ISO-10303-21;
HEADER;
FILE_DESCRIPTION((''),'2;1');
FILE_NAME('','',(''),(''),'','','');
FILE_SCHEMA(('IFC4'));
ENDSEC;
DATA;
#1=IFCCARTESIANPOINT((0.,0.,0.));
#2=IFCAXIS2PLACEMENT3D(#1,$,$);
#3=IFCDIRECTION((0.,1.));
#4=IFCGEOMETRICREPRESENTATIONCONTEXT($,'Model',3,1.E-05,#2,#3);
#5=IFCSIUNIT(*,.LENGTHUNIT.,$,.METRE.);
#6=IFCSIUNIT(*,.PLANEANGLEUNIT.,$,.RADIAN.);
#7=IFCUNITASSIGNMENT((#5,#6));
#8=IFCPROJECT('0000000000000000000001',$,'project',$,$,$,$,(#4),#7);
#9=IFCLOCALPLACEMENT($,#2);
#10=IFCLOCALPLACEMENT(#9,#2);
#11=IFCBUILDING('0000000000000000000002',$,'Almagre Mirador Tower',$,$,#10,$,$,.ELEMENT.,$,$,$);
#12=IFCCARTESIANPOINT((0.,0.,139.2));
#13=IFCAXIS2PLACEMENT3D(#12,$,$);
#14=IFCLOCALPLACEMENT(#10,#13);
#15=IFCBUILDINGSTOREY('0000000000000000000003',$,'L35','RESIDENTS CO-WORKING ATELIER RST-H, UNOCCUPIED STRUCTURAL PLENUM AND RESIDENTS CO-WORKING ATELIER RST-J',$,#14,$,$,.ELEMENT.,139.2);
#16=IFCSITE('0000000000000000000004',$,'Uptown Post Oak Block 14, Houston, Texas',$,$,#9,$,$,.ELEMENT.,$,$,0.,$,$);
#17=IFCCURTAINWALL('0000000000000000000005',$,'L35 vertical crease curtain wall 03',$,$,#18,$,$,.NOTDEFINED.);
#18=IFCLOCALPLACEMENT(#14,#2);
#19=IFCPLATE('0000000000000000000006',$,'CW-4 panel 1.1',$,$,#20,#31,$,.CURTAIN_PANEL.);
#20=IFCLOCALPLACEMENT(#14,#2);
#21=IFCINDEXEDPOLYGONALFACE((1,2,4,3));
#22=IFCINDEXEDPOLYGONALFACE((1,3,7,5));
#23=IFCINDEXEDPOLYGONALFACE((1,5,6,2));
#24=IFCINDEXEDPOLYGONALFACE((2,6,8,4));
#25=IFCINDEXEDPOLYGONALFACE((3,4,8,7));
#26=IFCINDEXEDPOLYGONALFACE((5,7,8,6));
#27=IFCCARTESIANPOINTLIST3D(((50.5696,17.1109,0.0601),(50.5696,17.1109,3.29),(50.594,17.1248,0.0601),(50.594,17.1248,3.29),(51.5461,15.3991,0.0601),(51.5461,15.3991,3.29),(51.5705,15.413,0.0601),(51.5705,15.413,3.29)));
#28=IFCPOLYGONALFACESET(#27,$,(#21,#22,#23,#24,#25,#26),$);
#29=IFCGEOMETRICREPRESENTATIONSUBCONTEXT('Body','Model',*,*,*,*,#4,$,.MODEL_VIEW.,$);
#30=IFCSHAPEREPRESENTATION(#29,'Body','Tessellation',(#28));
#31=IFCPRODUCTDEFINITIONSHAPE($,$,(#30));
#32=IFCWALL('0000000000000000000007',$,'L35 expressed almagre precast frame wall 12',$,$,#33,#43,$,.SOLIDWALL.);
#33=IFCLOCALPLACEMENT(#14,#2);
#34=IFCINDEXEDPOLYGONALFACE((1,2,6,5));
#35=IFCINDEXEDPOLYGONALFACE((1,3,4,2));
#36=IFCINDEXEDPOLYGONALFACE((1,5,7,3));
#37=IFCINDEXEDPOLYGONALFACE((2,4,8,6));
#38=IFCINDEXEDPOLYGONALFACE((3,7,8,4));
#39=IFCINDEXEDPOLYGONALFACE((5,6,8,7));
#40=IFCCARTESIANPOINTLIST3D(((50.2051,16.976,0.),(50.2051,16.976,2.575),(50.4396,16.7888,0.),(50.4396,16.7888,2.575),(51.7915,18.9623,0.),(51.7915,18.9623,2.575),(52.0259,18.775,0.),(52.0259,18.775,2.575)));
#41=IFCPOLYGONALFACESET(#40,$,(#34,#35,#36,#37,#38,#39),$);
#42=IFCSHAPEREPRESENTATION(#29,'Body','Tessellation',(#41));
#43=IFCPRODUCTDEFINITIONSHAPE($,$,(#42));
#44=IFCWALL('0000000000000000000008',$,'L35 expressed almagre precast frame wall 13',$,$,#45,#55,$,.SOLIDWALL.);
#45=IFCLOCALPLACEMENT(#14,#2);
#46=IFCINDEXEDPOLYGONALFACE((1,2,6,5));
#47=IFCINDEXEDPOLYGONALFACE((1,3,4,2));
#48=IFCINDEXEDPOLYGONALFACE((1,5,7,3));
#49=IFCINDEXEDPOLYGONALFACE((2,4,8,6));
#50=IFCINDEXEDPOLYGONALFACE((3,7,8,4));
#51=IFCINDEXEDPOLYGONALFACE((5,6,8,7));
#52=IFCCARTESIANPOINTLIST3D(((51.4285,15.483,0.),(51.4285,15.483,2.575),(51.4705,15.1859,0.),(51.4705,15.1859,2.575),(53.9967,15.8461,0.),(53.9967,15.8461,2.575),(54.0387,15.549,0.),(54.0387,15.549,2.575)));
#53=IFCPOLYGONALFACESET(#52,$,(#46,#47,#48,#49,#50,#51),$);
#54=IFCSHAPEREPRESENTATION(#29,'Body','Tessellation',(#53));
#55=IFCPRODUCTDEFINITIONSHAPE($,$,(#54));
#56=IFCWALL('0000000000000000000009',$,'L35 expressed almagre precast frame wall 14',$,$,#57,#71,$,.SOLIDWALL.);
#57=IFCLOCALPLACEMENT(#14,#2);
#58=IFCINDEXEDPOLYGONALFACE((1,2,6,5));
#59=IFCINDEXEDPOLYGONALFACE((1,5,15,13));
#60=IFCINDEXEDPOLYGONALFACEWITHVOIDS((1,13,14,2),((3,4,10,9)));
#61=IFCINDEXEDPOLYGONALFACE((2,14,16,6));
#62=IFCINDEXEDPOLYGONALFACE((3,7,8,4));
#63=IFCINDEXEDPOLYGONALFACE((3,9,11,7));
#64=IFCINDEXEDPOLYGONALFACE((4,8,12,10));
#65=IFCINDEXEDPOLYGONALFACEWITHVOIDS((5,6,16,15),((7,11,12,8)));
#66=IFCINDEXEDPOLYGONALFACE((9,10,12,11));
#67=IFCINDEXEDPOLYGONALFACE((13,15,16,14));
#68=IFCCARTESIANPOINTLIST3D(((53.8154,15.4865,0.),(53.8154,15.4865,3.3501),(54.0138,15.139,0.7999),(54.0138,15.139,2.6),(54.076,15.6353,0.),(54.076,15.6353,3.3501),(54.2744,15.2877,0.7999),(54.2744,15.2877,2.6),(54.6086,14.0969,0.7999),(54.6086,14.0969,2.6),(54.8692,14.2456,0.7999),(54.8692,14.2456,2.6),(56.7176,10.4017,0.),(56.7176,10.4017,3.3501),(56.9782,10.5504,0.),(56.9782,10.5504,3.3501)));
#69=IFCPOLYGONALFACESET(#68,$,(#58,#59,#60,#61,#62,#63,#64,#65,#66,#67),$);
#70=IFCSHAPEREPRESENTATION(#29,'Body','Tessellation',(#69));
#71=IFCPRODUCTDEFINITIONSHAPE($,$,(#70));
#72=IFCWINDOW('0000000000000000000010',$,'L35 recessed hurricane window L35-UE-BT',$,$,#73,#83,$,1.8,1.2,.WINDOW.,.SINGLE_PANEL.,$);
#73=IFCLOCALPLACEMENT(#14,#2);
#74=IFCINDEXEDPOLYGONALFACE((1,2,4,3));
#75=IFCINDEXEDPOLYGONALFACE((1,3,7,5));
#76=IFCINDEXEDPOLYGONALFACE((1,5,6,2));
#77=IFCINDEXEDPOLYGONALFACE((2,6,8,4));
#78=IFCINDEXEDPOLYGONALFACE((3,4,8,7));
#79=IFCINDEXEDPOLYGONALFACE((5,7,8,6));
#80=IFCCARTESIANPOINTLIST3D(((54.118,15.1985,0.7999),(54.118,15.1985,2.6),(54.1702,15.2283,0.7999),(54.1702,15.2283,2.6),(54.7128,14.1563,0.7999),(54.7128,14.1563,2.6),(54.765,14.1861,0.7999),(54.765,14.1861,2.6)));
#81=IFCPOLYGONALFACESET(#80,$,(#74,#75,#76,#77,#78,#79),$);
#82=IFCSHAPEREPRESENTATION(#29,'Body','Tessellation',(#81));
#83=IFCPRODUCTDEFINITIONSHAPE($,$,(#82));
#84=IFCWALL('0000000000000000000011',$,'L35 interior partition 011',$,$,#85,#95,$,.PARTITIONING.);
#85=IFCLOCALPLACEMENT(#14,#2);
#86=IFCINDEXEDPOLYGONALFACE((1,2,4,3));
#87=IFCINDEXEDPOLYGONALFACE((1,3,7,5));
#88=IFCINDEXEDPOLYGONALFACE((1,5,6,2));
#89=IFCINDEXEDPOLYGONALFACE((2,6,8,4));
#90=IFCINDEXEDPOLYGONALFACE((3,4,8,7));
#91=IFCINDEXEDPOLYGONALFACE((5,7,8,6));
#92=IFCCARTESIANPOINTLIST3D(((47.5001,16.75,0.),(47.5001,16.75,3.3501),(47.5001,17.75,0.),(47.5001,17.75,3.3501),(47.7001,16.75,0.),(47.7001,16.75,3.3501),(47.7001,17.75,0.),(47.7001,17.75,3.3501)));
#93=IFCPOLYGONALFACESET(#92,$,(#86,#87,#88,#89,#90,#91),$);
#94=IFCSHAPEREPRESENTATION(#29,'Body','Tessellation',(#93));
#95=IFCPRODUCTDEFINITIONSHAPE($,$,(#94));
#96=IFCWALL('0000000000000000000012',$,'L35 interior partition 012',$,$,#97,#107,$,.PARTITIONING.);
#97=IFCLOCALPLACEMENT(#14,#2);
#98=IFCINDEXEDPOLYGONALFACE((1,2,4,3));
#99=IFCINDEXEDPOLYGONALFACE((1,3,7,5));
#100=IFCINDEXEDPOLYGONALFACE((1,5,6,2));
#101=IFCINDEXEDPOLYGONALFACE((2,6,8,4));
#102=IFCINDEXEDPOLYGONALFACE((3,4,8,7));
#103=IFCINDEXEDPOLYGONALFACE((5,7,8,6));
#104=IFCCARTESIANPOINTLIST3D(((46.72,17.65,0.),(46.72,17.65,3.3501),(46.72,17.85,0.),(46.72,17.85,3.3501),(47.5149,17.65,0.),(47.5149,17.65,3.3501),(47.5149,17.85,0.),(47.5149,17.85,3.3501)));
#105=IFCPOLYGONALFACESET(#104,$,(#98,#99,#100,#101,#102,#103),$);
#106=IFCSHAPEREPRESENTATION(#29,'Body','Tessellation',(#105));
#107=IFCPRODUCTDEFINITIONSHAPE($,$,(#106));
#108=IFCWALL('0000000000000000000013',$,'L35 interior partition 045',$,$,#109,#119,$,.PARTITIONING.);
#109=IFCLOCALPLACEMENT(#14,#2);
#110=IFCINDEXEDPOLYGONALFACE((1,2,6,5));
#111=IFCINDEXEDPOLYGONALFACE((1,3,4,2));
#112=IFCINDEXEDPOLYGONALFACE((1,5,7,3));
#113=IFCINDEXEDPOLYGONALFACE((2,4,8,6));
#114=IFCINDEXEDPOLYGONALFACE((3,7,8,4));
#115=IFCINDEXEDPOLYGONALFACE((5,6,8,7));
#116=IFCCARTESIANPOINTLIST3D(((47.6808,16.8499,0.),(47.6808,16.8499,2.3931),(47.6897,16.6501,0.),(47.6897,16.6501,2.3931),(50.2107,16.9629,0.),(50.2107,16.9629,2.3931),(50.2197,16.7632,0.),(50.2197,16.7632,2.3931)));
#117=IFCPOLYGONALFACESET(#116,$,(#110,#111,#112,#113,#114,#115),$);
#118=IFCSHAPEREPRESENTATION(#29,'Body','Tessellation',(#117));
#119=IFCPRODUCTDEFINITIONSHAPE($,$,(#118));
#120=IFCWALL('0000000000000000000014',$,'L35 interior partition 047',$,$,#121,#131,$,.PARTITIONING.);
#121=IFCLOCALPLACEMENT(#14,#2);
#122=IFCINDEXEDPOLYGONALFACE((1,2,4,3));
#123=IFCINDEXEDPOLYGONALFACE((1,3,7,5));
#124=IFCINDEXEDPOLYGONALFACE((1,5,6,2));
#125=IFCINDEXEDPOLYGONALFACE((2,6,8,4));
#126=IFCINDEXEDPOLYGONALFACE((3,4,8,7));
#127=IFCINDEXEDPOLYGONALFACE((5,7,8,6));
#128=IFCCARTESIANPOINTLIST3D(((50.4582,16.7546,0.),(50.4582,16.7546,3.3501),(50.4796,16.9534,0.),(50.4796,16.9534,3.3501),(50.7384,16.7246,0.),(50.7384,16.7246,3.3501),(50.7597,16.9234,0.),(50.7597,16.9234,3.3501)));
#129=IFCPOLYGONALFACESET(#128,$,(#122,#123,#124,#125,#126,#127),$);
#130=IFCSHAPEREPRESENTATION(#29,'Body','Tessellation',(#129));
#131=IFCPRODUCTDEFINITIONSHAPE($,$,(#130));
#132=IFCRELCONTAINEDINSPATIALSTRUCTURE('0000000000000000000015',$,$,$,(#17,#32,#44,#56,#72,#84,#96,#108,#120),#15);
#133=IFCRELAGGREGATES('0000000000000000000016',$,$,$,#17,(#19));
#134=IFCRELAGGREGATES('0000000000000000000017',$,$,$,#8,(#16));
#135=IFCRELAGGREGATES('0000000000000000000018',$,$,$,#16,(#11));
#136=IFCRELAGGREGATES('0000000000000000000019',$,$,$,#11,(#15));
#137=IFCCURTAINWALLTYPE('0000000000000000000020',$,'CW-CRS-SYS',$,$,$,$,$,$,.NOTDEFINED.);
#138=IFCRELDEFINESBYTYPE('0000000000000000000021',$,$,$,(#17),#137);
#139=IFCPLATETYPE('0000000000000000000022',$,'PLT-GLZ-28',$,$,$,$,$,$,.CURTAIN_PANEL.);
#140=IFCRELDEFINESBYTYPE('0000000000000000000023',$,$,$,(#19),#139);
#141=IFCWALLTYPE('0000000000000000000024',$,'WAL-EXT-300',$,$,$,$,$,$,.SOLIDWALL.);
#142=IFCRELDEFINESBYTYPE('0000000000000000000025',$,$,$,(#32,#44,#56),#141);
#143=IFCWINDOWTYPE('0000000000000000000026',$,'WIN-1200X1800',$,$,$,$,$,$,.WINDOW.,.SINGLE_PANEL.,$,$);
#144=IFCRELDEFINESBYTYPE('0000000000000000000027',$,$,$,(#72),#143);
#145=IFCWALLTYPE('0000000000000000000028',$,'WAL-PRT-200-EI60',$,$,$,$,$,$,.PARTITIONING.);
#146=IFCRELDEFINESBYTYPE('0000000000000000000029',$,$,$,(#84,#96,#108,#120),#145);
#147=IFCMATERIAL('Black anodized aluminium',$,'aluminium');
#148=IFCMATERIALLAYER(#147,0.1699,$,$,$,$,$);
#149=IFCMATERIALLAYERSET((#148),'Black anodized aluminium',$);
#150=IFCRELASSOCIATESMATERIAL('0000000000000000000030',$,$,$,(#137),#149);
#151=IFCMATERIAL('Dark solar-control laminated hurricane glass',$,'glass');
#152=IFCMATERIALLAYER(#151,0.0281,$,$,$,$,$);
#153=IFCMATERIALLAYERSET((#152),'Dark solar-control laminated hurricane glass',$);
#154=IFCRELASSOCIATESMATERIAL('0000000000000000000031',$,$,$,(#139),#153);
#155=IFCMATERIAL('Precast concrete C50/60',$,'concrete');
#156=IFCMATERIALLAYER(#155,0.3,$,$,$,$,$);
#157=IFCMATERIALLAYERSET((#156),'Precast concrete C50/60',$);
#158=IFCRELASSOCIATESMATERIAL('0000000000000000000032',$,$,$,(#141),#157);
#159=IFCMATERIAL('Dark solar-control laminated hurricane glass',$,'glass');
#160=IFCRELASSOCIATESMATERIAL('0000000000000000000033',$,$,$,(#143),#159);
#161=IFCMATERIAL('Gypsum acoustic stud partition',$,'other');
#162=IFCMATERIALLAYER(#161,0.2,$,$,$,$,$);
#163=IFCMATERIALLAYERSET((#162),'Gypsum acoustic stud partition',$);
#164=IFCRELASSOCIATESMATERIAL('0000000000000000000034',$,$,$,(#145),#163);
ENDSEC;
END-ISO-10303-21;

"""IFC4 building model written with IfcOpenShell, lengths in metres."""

from ifc_helpers import new_model, si_unit, direction, frame, frame_2d, origin, origin_2d, place, context, subcontext, project, spatial, rectangle, extrude, material, layer, layer_set, type_object, element, fill, aggregate, save


model = new_model("IFC4")

# Units and contexts
model_context = context("Model", 3, precision=1e-05, world=origin(), true_north=direction((0.0, 1.0)))
body_context = subcontext(model_context, "Body", "Model", "MODEL_VIEW")
ifc_project = project(units=[si_unit("LENGTHUNIT", "METRE"), si_unit("PLANEANGLEUNIT", "RADIAN")], contexts=[model_context])

# Site, building, storey
site_placement = place(None, origin())
site = spatial("IfcSite", under=ifc_project, at=site_placement, Name="Uptown Post Oak Block 14, Houston, Texas", CompositionType="ELEMENT", RefElevation=0.0)
building_placement = place(site_placement, origin())
building = spatial("IfcBuilding", under=site, at=building_placement, Name="Almagre Mirador Tower", CompositionType="ELEMENT")
storey_placement = place(building_placement, frame((0.0, 0.0, 139.2)))
storey = spatial("IfcBuildingStorey", under=building, at=storey_placement, Name="L35", Description="RESIDENTS CO-WORKING ATELIER RST-H, UNOCCUPIED STRUCTURAL PLENUM AND RESIDENTS CO-WORKING ATELIER RST-J", CompositionType="ELEMENT", Elevation=139.2)

# Curtain wall, plate
ifc_material_1 = material(Name="Black anodized aluminium", Category="aluminium")
ifc_layer_1 = layer(ifc_material_1, 0.1699)
ifc_layer_set_1 = layer_set([ifc_layer_1], Name="Black anodized aluminium")
curtain_wall_type = type_object("IfcCurtainWallType", Name="CW-CRS-SYS", PredefinedType="NOTDEFINED", material=ifc_layer_set_1)
curtain_wall_placement = place(storey_placement, origin())
curtain_wall = element("IfcCurtainWall", 1, at=curtain_wall_placement, inside=storey, type_object=curtain_wall_type, Name="L35 vertical crease curtain wall 03", PredefinedType="NOTDEFINED")
ifc_material_2 = material(Name="Dark solar-control laminated hurricane glass", Category="glass")
ifc_layer_2 = layer(ifc_material_2, 0.0281)
ifc_layer_set_2 = layer_set([ifc_layer_2], Name="Dark solar-control laminated hurricane glass")
plate_type = type_object("IfcPlateType", Name="PLT-GLZ-28", PredefinedType="CURTAIN_PANEL", material=ifc_layer_set_2)
plate_placement = place(storey_placement, frame((51.0701, 16.262, 0.0601), z_axis=(0.0, 0.0, 1.0), x_axis=(0.495521, -0.868596, 0.0)))
plate = element("IfcPlate", 2, at=plate_placement, type_object=plate_type, Name="CW-4 panel 1.1", PredefinedType="CURTAIN_PANEL", context=body_context, shape_type="SweptSolid", body=[
    extrude(rectangle(XDim=1.9707, YDim=0.0281, at=origin_2d()), origin(), (0.0, 0.0, 1.0), 3.23),
])
aggregate(curtain_wall, [plate])

# Walls
ifc_material_3 = material(Name="Precast concrete C50/60", Category="concrete")
ifc_layer_3 = layer(ifc_material_3, 0.3)
ifc_layer_set_3 = layer_set([ifc_layer_3], Name="Precast concrete C50/60")
wall_type_1 = type_object("IfcWallType", Name="WAL-EXT-300", PredefinedType="SOLIDWALL", material=ifc_layer_set_3)
wall_1_placement = place(storey_placement, frame((51.9087, 18.8687, 0.0), z_axis=(0.0, 0.0, 1.0), x_axis=(-0.624062, -0.781375, 0.0)))
element("IfcWall", 3, at=wall_1_placement, inside=storey, type_object=wall_type_1, Name="L35 expressed almagre precast frame wall 12", PredefinedType="SOLIDWALL", context=body_context, shape_type="SweptSolid", body=[
    extrude(rectangle(XDim=2.542, YDim=0.3, at=frame_2d((1.271, 0.0))), origin(), (0.0, 0.0, 1.0), 2.575),
])
wall_2_placement = place(storey_placement, frame((51.4495, 15.3345, 0.0), z_axis=(0.0, 0.0, 1.0), x_axis=(0.990156, 0.139972, 0.0)))
element("IfcWall", 4, at=wall_2_placement, inside=storey, type_object=wall_type_1, Name="L35 expressed almagre precast frame wall 13", PredefinedType="SOLIDWALL", context=body_context, shape_type="SweptSolid", body=[
    extrude(rectangle(XDim=2.5938, YDim=0.3, at=frame_2d((1.2969, 0.0))), origin(), (0.0, 0.0, 1.0), 2.575),
])

# Wall, opening, window
wall_3_placement = place(storey_placement, frame((53.9458, 15.5608, 0.0), z_axis=(0.0, 0.0, 1.0), x_axis=(0.495694, -0.868497, 0.0)))
wall_3 = element("IfcWall", 5, at=wall_3_placement, inside=storey, type_object=wall_type_1, Name="L35 expressed almagre precast frame wall 14", PredefinedType="SOLIDWALL", context=body_context, shape_type="SweptSolid", body=[
    extrude(rectangle(XDim=5.8547, YDim=0.3, at=frame_2d((2.9272, 0.0))), origin(), (0.0, 0.0, 1.0), 3.3501),
])
opening_placement = place(wall_3_placement, frame((0.3999, 0.0, 0.8)))
opening = element("IfcOpeningElement", 6, at=opening_placement, cuts=wall_3, PredefinedType="OPENING", context=body_context, shape_type="SweptSolid", body=[
    extrude(rectangle(XDim=1.2, YDim=1.8, at=frame_2d((0.6001, 0.8999))), frame((0.0, 0.1599, 0.0), z_axis=(0.0, -1.0, 0.0), x_axis=(1.0, 0.0, 0.0)), (0.0, 0.0, 1.0), 0.32),
])
ifc_material_4 = material(Name="Dark solar-control laminated hurricane glass", Category="glass")
window_type = type_object("IfcWindowType", Name="WIN-1200X1800", PartitioningType="SINGLE_PANEL", PredefinedType="WINDOW", material=ifc_material_4)
window_placement = place(opening_placement, origin())
window = element("IfcWindow", 7, at=window_placement, inside=storey, type_object=window_type, Name="L35 recessed hurricane window L35-UE-BT", OverallHeight=1.8, OverallWidth=1.2, PartitioningType="SINGLE_PANEL", PredefinedType="WINDOW", context=body_context, shape_type="SweptSolid", body=[
    extrude(rectangle(XDim=1.2, YDim=1.8, at=frame_2d((0.6001, 0.8999))), frame((0.0, 0.03, 0.0), z_axis=(0.0, -1.0, 0.0), x_axis=(1.0, 0.0, 0.0)), (0.0, 0.0, 1.0), 0.0601),
])
fill(opening, window)

# Walls
ifc_material_5 = material(Name="Gypsum acoustic stud partition", Category="other")
ifc_layer_4 = layer(ifc_material_5, 0.2)
ifc_layer_set_4 = layer_set([ifc_layer_4], Name="Gypsum acoustic stud partition")
wall_type_2 = type_object("IfcWallType", Name="WAL-PRT-200-EI60", PredefinedType="PARTITIONING", material=ifc_layer_set_4)
wall_4_placement = place(storey_placement, frame((47.6001, 16.75, 0.0), z_axis=(0.0, 0.0, 1.0), x_axis=(0.0, 1.0, 0.0)))
element("IfcWall", 8, at=wall_4_placement, inside=storey, type_object=wall_type_2, Name="L35 interior partition 011", PredefinedType="PARTITIONING", context=body_context, shape_type="SweptSolid", body=[
    extrude(rectangle(XDim=1.0, YDim=0.2, at=frame_2d((0.5, 0.0))), origin(), (0.0, 0.0, 1.0), 3.3501),
])
wall_5_placement = place(storey_placement, frame((47.5149, 17.75, 0.0), z_axis=(0.0, 0.0, 1.0), x_axis=(-1.0, 0.0, 0.0)))
element("IfcWall", 9, at=wall_5_placement, inside=storey, type_object=wall_type_2, Name="L35 interior partition 012", PredefinedType="PARTITIONING", context=body_context, shape_type="SweptSolid", body=[
    extrude(rectangle(XDim=0.7949, YDim=0.2, at=frame_2d((0.3975, 0.0))), origin(), (0.0, 0.0, 1.0), 3.3501),
])
wall_6_placement = place(storey_placement, frame((50.2151, 16.863, 0.0), z_axis=(0.0, 0.0, 1.0), x_axis=(-0.999003, -0.044634, 0.0)))
element("IfcWall", 10, at=wall_6_placement, inside=storey, type_object=wall_type_2, Name="L35 interior partition 045", PredefinedType="PARTITIONING", context=body_context, shape_type="SweptSolid", body=[
    extrude(rectangle(XDim=2.5325, YDim=0.2, at=frame_2d((1.2661, 0.0))), origin(), (0.0, 0.0, 1.0), 2.3931),
])
wall_7_placement = place(storey_placement, frame((50.749, 16.824, 0.0), z_axis=(0.0, 0.0, 1.0), x_axis=(-0.994299, 0.106625, 0.0)))
element("IfcWall", 11, at=wall_7_placement, inside=storey, type_object=wall_type_2, Name="L35 interior partition 047", PredefinedType="PARTITIONING", context=body_context, shape_type="SweptSolid", body=[
    extrude(rectangle(XDim=0.2817, YDim=0.2, at=frame_2d((0.1409, 0.0))), origin(), (0.0, 0.0, 1.0), 3.3501),
])

save(model, "model.ifc")
